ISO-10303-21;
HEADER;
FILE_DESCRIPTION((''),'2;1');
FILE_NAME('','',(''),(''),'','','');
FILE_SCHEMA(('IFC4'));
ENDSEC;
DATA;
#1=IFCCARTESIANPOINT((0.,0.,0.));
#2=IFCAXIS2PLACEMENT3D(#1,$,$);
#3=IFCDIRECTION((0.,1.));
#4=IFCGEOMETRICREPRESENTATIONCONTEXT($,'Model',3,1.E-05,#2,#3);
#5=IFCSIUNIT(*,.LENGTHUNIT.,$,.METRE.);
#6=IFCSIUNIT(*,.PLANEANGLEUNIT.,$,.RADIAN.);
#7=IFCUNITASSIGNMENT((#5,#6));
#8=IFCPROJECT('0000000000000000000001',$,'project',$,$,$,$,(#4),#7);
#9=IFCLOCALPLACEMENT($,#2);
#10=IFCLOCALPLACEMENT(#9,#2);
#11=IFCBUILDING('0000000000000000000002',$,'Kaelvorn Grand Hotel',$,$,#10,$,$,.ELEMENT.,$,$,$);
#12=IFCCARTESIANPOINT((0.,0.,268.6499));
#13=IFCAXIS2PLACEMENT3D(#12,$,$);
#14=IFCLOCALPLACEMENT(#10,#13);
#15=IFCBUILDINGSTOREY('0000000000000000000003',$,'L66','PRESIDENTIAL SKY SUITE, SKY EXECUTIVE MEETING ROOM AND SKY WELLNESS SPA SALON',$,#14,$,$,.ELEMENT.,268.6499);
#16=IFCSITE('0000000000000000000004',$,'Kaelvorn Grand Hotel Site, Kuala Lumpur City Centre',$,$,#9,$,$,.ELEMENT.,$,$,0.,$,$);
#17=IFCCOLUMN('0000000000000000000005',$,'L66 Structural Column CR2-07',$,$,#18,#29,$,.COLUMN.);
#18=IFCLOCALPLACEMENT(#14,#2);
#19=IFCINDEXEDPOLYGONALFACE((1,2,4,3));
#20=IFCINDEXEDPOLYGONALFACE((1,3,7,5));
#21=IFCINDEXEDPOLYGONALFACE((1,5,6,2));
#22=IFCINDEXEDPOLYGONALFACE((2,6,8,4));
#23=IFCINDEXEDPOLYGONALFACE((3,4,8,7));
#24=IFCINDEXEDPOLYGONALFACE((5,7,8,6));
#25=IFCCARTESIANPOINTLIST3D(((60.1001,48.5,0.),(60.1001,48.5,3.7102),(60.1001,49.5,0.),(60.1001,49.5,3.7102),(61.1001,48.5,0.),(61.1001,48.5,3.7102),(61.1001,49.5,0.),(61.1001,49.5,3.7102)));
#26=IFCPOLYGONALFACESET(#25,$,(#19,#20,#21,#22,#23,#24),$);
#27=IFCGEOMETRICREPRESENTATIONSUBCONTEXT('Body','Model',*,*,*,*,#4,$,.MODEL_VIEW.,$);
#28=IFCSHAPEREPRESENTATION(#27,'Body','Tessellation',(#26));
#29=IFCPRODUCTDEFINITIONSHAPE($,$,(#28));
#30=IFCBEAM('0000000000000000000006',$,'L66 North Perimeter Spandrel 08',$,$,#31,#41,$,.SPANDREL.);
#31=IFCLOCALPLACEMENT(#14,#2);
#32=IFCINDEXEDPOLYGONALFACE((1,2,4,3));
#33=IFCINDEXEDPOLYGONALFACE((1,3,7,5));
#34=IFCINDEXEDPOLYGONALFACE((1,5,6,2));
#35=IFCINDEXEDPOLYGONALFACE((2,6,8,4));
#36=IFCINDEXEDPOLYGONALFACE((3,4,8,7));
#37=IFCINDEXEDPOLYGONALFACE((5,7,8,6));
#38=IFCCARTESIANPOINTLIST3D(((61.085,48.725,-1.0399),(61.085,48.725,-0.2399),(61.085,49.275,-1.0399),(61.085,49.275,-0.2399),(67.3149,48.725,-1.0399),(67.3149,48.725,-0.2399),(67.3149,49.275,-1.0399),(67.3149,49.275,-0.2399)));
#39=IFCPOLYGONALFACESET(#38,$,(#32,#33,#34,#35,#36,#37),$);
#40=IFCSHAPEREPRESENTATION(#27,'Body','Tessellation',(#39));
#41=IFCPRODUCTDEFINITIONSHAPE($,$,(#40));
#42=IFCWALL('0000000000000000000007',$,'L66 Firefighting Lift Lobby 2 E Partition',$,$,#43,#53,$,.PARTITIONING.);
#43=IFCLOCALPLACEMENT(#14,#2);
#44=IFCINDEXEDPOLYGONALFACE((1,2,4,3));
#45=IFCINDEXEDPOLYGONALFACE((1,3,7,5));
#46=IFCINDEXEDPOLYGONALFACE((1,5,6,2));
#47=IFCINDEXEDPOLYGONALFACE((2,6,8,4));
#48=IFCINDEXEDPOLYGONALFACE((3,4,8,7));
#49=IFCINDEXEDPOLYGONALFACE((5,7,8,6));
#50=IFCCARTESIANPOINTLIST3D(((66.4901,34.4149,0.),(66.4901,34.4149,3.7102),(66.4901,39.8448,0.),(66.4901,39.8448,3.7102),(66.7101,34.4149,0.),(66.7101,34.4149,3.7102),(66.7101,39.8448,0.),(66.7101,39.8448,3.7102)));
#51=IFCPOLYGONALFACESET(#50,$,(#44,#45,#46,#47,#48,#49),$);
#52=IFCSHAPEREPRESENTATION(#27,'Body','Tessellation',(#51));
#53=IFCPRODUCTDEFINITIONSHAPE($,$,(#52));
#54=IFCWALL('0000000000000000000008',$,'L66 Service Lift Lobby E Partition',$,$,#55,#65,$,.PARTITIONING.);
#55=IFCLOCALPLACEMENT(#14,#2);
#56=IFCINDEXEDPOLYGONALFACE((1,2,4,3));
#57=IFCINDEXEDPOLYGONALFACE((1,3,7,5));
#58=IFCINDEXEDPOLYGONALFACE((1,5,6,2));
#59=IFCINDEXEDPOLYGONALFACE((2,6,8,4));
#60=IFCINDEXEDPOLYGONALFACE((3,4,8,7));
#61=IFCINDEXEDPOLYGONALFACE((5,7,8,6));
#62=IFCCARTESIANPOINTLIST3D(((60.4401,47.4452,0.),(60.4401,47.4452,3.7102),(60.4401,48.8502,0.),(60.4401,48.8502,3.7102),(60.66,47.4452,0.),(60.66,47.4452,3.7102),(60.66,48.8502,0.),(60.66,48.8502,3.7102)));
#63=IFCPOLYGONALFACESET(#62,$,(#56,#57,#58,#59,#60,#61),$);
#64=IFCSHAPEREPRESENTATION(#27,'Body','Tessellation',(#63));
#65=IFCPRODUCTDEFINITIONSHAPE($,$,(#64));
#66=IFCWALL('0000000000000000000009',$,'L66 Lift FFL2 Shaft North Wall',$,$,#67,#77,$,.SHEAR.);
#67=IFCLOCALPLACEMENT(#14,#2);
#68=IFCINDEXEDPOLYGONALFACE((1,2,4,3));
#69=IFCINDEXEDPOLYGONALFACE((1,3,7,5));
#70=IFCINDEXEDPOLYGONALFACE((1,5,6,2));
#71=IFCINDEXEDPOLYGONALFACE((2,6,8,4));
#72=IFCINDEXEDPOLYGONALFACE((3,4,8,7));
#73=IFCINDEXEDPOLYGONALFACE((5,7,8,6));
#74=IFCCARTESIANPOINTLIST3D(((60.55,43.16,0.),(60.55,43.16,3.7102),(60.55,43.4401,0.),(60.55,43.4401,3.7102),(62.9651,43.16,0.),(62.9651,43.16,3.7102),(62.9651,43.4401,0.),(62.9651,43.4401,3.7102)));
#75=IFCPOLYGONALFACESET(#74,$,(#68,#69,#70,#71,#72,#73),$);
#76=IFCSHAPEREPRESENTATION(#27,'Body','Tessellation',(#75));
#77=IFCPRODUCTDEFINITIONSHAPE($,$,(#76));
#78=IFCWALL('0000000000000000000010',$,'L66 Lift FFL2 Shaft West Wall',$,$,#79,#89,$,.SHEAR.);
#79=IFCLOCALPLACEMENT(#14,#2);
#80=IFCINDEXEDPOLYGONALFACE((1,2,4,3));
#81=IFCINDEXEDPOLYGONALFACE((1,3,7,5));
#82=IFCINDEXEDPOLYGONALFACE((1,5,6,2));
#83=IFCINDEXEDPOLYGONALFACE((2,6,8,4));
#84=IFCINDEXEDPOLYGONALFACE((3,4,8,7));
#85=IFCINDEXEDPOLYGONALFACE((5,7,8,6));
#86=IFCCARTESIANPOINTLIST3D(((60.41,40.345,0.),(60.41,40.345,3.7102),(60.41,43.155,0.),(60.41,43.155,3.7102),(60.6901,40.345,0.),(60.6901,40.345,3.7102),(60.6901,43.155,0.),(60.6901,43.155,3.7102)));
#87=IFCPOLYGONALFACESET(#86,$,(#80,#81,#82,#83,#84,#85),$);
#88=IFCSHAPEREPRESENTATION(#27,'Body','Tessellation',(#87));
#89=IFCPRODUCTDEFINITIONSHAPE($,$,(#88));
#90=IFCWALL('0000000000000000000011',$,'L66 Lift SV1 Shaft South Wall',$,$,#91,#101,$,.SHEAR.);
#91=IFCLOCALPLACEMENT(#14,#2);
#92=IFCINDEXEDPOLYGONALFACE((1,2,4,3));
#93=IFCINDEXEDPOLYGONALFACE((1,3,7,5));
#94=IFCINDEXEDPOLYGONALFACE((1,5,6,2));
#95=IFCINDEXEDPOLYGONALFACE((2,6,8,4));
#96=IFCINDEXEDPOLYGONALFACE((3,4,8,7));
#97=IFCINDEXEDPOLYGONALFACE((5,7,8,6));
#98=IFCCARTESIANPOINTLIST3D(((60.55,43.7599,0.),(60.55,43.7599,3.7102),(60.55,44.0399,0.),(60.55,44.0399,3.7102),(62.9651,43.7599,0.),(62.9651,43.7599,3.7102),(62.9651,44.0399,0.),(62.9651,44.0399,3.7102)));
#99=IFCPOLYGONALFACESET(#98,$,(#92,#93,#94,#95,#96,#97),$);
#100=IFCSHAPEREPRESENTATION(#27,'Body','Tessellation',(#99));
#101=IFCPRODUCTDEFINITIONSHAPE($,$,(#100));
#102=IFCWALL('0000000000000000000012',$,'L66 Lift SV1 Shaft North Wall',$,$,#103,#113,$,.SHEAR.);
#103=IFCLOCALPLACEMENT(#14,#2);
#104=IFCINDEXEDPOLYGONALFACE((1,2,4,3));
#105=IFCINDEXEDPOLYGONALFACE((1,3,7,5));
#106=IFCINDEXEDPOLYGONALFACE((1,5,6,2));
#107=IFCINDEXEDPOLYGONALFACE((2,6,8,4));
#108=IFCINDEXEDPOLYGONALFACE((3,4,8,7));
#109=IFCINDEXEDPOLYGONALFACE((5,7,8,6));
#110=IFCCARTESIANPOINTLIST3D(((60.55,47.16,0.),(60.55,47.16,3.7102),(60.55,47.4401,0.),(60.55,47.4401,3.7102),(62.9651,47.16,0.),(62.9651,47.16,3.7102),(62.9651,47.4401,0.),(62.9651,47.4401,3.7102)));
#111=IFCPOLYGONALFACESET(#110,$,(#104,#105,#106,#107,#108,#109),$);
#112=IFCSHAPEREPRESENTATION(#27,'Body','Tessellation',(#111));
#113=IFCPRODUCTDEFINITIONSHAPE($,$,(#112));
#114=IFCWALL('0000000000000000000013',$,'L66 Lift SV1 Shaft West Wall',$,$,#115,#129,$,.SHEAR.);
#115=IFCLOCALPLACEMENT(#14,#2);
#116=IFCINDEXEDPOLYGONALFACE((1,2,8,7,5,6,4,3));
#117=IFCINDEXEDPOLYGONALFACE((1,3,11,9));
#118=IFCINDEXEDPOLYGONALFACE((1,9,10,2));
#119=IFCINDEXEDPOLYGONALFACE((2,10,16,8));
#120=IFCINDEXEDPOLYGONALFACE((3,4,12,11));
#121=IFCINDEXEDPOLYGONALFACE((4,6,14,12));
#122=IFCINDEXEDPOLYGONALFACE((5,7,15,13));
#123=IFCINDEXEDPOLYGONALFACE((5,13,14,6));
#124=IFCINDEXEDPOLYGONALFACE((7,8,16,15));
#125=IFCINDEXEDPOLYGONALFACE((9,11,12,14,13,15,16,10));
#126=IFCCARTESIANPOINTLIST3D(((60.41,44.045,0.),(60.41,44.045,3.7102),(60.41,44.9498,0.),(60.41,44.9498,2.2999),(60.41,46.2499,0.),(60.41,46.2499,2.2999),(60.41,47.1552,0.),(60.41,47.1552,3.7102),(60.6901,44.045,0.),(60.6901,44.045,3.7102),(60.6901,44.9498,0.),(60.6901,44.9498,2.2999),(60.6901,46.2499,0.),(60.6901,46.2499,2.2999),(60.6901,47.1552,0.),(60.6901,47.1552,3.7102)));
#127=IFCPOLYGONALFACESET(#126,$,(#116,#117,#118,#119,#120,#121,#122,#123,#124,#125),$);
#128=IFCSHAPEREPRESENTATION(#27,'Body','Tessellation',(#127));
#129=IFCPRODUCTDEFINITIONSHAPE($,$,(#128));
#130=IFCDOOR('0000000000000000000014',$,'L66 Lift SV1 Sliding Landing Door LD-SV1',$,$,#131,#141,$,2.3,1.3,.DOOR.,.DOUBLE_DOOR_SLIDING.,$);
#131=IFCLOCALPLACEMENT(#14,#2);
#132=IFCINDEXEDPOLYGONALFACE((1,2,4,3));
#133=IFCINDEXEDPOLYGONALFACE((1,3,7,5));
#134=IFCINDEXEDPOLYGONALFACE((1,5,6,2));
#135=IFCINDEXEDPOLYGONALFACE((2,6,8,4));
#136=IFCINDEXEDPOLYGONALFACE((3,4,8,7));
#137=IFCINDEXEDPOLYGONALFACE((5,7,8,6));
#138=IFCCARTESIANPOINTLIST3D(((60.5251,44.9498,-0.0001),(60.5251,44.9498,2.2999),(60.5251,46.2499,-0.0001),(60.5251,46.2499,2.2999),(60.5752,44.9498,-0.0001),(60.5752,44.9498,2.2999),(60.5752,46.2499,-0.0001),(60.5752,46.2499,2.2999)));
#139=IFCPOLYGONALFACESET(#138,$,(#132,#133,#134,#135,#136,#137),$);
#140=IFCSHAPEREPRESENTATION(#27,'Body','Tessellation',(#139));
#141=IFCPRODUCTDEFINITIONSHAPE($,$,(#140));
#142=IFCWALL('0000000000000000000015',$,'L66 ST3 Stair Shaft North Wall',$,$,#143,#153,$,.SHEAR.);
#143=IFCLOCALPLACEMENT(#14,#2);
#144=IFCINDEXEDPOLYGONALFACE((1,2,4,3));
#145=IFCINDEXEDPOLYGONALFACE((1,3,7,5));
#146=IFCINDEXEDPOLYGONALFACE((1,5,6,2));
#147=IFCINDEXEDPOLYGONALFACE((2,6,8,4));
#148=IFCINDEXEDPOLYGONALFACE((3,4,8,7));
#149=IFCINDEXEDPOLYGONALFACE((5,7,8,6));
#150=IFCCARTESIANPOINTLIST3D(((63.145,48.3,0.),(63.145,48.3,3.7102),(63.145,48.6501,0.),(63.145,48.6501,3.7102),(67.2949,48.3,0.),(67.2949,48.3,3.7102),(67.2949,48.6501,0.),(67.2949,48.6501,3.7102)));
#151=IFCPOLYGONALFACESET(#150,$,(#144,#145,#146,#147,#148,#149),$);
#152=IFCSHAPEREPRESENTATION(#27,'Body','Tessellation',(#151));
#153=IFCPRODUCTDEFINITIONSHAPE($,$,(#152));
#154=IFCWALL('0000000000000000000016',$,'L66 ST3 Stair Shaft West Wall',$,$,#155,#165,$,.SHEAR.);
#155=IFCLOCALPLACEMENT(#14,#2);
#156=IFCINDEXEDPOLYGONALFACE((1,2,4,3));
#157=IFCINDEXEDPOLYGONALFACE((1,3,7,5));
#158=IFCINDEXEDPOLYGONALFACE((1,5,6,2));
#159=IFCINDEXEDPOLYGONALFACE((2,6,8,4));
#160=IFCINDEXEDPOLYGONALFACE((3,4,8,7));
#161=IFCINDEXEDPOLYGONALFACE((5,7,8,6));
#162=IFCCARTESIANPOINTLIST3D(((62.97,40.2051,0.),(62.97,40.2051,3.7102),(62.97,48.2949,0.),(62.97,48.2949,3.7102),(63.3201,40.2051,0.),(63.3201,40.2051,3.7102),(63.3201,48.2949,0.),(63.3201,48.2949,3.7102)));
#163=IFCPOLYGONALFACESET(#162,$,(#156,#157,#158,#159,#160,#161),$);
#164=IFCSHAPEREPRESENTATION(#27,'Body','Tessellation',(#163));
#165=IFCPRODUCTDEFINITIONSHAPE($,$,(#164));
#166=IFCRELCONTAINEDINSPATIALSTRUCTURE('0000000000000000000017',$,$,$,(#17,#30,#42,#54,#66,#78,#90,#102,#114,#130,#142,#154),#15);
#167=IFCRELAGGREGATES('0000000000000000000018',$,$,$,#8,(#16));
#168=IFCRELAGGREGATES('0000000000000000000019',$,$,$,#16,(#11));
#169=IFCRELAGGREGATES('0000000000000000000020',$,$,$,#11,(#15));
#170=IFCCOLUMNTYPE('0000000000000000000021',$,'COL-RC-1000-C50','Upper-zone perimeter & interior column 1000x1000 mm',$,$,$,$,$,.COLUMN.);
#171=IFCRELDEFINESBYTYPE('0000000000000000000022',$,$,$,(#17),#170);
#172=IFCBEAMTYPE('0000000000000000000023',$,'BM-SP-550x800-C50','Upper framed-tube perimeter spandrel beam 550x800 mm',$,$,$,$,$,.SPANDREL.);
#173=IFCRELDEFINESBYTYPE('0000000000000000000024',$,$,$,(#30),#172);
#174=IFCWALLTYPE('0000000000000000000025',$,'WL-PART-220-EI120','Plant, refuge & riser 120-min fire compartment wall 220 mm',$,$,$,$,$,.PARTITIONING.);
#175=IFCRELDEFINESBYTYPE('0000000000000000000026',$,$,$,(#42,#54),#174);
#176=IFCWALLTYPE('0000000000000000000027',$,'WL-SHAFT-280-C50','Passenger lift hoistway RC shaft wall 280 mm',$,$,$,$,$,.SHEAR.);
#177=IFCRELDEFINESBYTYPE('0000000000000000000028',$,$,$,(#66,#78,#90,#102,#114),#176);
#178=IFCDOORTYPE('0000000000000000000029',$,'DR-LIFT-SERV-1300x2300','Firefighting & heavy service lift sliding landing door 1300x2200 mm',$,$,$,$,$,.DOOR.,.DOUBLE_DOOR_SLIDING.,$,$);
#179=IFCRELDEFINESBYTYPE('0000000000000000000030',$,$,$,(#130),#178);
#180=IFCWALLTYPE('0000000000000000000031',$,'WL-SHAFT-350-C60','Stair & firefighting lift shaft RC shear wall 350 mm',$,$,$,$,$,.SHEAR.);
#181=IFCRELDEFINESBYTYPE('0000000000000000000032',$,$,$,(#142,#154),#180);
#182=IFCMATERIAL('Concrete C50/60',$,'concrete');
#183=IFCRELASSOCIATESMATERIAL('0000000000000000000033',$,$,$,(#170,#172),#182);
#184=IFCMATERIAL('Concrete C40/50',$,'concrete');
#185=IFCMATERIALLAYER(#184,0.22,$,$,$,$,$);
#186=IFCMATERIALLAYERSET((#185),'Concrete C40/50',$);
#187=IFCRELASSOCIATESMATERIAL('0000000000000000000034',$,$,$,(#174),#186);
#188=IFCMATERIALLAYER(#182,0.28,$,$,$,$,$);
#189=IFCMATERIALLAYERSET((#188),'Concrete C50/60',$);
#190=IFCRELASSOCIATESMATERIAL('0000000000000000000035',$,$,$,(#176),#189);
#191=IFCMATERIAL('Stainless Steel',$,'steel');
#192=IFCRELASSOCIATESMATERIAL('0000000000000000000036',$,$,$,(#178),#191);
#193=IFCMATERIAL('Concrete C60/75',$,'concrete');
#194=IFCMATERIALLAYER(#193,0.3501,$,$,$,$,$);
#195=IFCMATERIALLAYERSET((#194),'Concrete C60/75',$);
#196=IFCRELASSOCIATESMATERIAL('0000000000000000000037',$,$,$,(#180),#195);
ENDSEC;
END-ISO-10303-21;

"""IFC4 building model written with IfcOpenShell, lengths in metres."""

from ifc_helpers import new_model, si_unit, direction, frame, frame_2d, origin, origin_2d, place, context, subcontext, project, spatial, rectangle, extrude, material, layer, layer_set, material_profile, profile_set, type_object, element, fill, save


model = new_model("IFC4")

# Units and contexts
model_context = context("Model", 3, precision=1e-05, world=origin(), true_north=direction((0.0, 1.0)))
body_context = subcontext(model_context, "Body", "Model", "MODEL_VIEW")
ifc_project = project(units=[si_unit("LENGTHUNIT", "METRE"), si_unit("PLANEANGLEUNIT", "RADIAN")], contexts=[model_context])

# Site, building, storey
site_placement = place(None, origin())
site = spatial("IfcSite", under=ifc_project, at=site_placement, Name="Kaelvorn Grand Hotel Site, Kuala Lumpur City Centre", CompositionType="ELEMENT", RefElevation=0.0)
building_placement = place(site_placement, origin())
building = spatial("IfcBuilding", under=site, at=building_placement, Name="Kaelvorn Grand Hotel", CompositionType="ELEMENT")
storey_placement = place(building_placement, frame((0.0, 0.0, 268.6499)))
storey = spatial("IfcBuildingStorey", under=building, at=storey_placement, Name="L66", Description="PRESIDENTIAL SKY SUITE, SKY EXECUTIVE MEETING ROOM AND SKY WELLNESS SPA SALON", CompositionType="ELEMENT", Elevation=268.6499)

# Column
ifc_material_1 = material(Name="Concrete C50/60", Category="concrete")
ifc_material_profile_1 = material_profile(ifc_material_1, rectangle(XDim=1.0, YDim=1.0, at=origin_2d()), Name="RC COL 1000x1000")
ifc_profile_set_1 = profile_set([ifc_material_profile_1], Name="Concrete C50/60")
column_type = type_object("IfcColumnType", Name="COL-RC-1000-C50", Description="Upper-zone perimeter & interior column 1000x1000 mm", PredefinedType="COLUMN", material=ifc_profile_set_1)
column_placement = place(storey_placement, frame((60.6001, 49.0, 0.0), z_axis=(0.0, 0.0, 1.0), x_axis=(1.0, 0.0, 0.0)))
element("IfcColumn", 1, at=column_placement, inside=storey, type_object=column_type, Name="L66 Structural Column CR2-07", PredefinedType="COLUMN", context=body_context, shape_type="SweptSolid", body=[
    extrude(rectangle(XDim=1.0, YDim=1.0, at=origin_2d()), origin(), (0.0, 0.0, 1.0), 3.7102),
])

# Beam
ifc_material_profile_2 = material_profile(ifc_material_1, rectangle(XDim=0.55, YDim=0.8, at=origin_2d()), Name="RC SPANDREL 550x800")
ifc_profile_set_2 = profile_set([ifc_material_profile_2], Name="Concrete C50/60")
beam_type = type_object("IfcBeamType", Name="BM-SP-550x800-C50", Description="Upper framed-tube perimeter spandrel beam 550x800 mm", PredefinedType="SPANDREL", material=ifc_profile_set_2)
beam_placement = place(storey_placement, frame((61.085, 49.0, -0.6399), z_axis=(1.0, 0.0, 0.0), x_axis=(0.0, 1.0, 0.0)))
element("IfcBeam", 2, at=beam_placement, inside=storey, type_object=beam_type, Name="L66 North Perimeter Spandrel 08", PredefinedType="SPANDREL", context=body_context, shape_type="SweptSolid", body=[
    extrude(rectangle(XDim=0.55, YDim=0.8, at=origin_2d()), origin(), (0.0, 0.0, 1.0), 6.23),
])

# Walls
ifc_material_2 = material(Name="Concrete C40/50", Category="concrete")
ifc_layer_1 = layer(ifc_material_2, 0.22)
ifc_layer_set_1 = layer_set([ifc_layer_1], Name="Concrete C40/50")
wall_type_1 = type_object("IfcWallType", Name="WL-PART-220-EI120", Description="Plant, refuge & riser 120-min fire compartment wall 220 mm", PredefinedType="PARTITIONING", material=ifc_layer_set_1)
wall_1_placement = place(storey_placement, frame((66.6001, 34.415, 0.0), z_axis=(0.0, 0.0, 1.0), x_axis=(0.0, 1.0, 0.0)))
element("IfcWall", 3, at=wall_1_placement, inside=storey, type_object=wall_type_1, Name="L66 Firefighting Lift Lobby 2 E Partition", PredefinedType="PARTITIONING", context=body_context, shape_type="SweptSolid", body=[
    extrude(rectangle(XDim=5.4299, YDim=0.22, at=frame_2d((2.7148, 0.0))), origin(), (0.0, 0.0, 1.0), 3.7102),
])
wall_2_placement = place(storey_placement, frame((60.55, 47.4451, 0.0), z_axis=(0.0, 0.0, 1.0), x_axis=(0.0, 1.0, 0.0)))
element("IfcWall", 4, at=wall_2_placement, inside=storey, type_object=wall_type_1, Name="L66 Service Lift Lobby E Partition", PredefinedType="PARTITIONING", context=body_context, shape_type="SweptSolid", body=[
    extrude(rectangle(XDim=1.405, YDim=0.22, at=frame_2d((0.7026, 0.0))), origin(), (0.0, 0.0, 1.0), 3.7102),
])
ifc_layer_2 = layer(ifc_material_1, 0.28)
ifc_layer_set_2 = layer_set([ifc_layer_2], Name="Concrete C50/60")
wall_type_2 = type_object("IfcWallType", Name="WL-SHAFT-280-C50", Description="Passenger lift hoistway RC shaft wall 280 mm", PredefinedType="SHEAR", material=ifc_layer_set_2)
wall_3_placement = place(storey_placement, frame((60.55, 43.3, 0.0), z_axis=(0.0, 0.0, 1.0), x_axis=(1.0, 0.0, 0.0)))
element("IfcWall", 5, at=wall_3_placement, inside=storey, type_object=wall_type_2, Name="L66 Lift FFL2 Shaft North Wall", PredefinedType="SHEAR", context=body_context, shape_type="SweptSolid", body=[
    extrude(rectangle(XDim=2.415, YDim=0.28, at=frame_2d((1.2075, 0.0))), origin(), (0.0, 0.0, 1.0), 3.7102),
])
wall_4_placement = place(storey_placement, frame((60.55, 40.345, 0.0), z_axis=(0.0, 0.0, 1.0), x_axis=(0.0, 1.0, 0.0)))
element("IfcWall", 6, at=wall_4_placement, inside=storey, type_object=wall_type_2, Name="L66 Lift FFL2 Shaft West Wall", PredefinedType="SHEAR", context=body_context, shape_type="SweptSolid", body=[
    extrude(rectangle(XDim=2.8101, YDim=0.28, at=frame_2d((1.405, 0.0))), origin(), (0.0, 0.0, 1.0), 3.7102),
])
for number, where, z_axis, x_axis, name in (
    (7, (60.55, 43.8999, 0.0), (0.0, 0.0, 1.0), (1.0, 0.0, 0.0), "L66 Lift SV1 Shaft South Wall"),
    (8, (60.55, 47.3, 0.0), (0.0, 0.0, 1.0), (1.0, 0.0, 0.0), "L66 Lift SV1 Shaft North Wall"),
):
    element("IfcWall", number, at=place(storey_placement, frame(where, z_axis=z_axis, x_axis=x_axis)), inside=storey, type_object=wall_type_2, Name=name, PredefinedType="SHEAR", context=body_context, shape_type="SweptSolid", body=[
        extrude(rectangle(XDim=2.415, YDim=0.28, at=frame_2d((1.2075, 0.0))), origin(), (0.0, 0.0, 1.0), 3.7102),
    ])

# Wall, opening, door
wall_5_placement = place(storey_placement, frame((60.55, 44.0449, 0.0), z_axis=(0.0, 0.0, 1.0), x_axis=(0.0, 1.0, 0.0)))
wall_5 = element("IfcWall", 9, at=wall_5_placement, inside=storey, type_object=wall_type_2, Name="L66 Lift SV1 Shaft West Wall", PredefinedType="SHEAR", context=body_context, shape_type="SweptSolid", body=[
    extrude(rectangle(XDim=3.1101, YDim=0.28, at=frame_2d((1.5552, 0.0))), origin(), (0.0, 0.0, 1.0), 3.7102),
])
opening_1_placement = place(wall_5_placement, frame((0.905, 0.0, 0.0)))
opening_1 = element("IfcOpeningElement", 10, at=opening_1_placement, cuts=wall_5, PredefinedType="OPENING", context=body_context, shape_type="SweptSolid", body=[
    extrude(rectangle(XDim=1.3, YDim=2.3, at=frame_2d((0.6499, 1.1499))), frame((0.0, 0.1499, 0.0), z_axis=(0.0, -1.0, 0.0), x_axis=(1.0, 0.0, 0.0)), (0.0, 0.0, 1.0), 0.3),
])
ifc_material_3 = material(Name="Stainless Steel", Category="steel")
door_type_1 = type_object("IfcDoorType", Name="DR-LIFT-SERV-1300x2300", Description="Firefighting & heavy service lift sliding landing door 1300x2200 mm", OperationType="DOUBLE_DOOR_SLIDING", PredefinedType="DOOR", material=ifc_material_3)
door_1_placement = place(opening_1_placement, origin())
door_1 = element("IfcDoor", 11, at=door_1_placement, inside=storey, type_object=door_type_1, Name="L66 Lift SV1 Sliding Landing Door LD-SV1", OperationType="DOUBLE_DOOR_SLIDING", OverallHeight=2.3, OverallWidth=1.3, PredefinedType="DOOR", context=body_context, shape_type="SweptSolid", body=[
    extrude(rectangle(XDim=1.3, YDim=2.3, at=frame_2d((0.6499, 1.1499))), frame((0.0, 0.0249, 0.0), z_axis=(0.0, -1.0, 0.0), x_axis=(1.0, 0.0, 0.0)), (0.0, 0.0, 1.0), 0.05),
])
fill(opening_1, door_1)
ifc_material_4 = material(Name="Concrete C60/75", Category="concrete")
ifc_layer_3 = layer(ifc_material_4, 0.3501)
ifc_layer_set_3 = layer_set([ifc_layer_3], Name="Concrete C60/75")
wall_type_3 = type_object("IfcWallType", Name="WL-SHAFT-350-C60", Description="Stair & firefighting lift shaft RC shear wall 350 mm", PredefinedType="SHEAR", material=ifc_layer_set_3)

# Walls
wall_6_placement = place(storey_placement, frame((63.145, 48.4751, 0.0), z_axis=(0.0, 0.0, 1.0), x_axis=(1.0, 0.0, 0.0)))
element("IfcWall", 12, at=wall_6_placement, inside=storey, type_object=wall_type_3, Name="L66 ST3 Stair Shaft North Wall", PredefinedType="SHEAR", context=body_context, shape_type="SweptSolid", body=[
    extrude(rectangle(XDim=4.1499, YDim=0.3501, at=frame_2d((2.075, 0.0))), origin(), (0.0, 0.0, 1.0), 3.7102),
])
wall_7_placement = place(storey_placement, frame((63.145, 40.2051, 0.0), z_axis=(0.0, 0.0, 1.0), x_axis=(0.0, 1.0, 0.0)))
element("IfcWall", 13, at=wall_7_placement, inside=storey, type_object=wall_type_3, Name="L66 ST3 Stair Shaft West Wall", PredefinedType="SHEAR", context=body_context, shape_type="SweptSolid", body=[
    extrude(rectangle(XDim=8.0898, YDim=0.3501, at=frame_2d((4.0449, 0.0))), origin(), (0.0, 0.0, 1.0), 3.7102),
])

save(model, "model.ifc")
